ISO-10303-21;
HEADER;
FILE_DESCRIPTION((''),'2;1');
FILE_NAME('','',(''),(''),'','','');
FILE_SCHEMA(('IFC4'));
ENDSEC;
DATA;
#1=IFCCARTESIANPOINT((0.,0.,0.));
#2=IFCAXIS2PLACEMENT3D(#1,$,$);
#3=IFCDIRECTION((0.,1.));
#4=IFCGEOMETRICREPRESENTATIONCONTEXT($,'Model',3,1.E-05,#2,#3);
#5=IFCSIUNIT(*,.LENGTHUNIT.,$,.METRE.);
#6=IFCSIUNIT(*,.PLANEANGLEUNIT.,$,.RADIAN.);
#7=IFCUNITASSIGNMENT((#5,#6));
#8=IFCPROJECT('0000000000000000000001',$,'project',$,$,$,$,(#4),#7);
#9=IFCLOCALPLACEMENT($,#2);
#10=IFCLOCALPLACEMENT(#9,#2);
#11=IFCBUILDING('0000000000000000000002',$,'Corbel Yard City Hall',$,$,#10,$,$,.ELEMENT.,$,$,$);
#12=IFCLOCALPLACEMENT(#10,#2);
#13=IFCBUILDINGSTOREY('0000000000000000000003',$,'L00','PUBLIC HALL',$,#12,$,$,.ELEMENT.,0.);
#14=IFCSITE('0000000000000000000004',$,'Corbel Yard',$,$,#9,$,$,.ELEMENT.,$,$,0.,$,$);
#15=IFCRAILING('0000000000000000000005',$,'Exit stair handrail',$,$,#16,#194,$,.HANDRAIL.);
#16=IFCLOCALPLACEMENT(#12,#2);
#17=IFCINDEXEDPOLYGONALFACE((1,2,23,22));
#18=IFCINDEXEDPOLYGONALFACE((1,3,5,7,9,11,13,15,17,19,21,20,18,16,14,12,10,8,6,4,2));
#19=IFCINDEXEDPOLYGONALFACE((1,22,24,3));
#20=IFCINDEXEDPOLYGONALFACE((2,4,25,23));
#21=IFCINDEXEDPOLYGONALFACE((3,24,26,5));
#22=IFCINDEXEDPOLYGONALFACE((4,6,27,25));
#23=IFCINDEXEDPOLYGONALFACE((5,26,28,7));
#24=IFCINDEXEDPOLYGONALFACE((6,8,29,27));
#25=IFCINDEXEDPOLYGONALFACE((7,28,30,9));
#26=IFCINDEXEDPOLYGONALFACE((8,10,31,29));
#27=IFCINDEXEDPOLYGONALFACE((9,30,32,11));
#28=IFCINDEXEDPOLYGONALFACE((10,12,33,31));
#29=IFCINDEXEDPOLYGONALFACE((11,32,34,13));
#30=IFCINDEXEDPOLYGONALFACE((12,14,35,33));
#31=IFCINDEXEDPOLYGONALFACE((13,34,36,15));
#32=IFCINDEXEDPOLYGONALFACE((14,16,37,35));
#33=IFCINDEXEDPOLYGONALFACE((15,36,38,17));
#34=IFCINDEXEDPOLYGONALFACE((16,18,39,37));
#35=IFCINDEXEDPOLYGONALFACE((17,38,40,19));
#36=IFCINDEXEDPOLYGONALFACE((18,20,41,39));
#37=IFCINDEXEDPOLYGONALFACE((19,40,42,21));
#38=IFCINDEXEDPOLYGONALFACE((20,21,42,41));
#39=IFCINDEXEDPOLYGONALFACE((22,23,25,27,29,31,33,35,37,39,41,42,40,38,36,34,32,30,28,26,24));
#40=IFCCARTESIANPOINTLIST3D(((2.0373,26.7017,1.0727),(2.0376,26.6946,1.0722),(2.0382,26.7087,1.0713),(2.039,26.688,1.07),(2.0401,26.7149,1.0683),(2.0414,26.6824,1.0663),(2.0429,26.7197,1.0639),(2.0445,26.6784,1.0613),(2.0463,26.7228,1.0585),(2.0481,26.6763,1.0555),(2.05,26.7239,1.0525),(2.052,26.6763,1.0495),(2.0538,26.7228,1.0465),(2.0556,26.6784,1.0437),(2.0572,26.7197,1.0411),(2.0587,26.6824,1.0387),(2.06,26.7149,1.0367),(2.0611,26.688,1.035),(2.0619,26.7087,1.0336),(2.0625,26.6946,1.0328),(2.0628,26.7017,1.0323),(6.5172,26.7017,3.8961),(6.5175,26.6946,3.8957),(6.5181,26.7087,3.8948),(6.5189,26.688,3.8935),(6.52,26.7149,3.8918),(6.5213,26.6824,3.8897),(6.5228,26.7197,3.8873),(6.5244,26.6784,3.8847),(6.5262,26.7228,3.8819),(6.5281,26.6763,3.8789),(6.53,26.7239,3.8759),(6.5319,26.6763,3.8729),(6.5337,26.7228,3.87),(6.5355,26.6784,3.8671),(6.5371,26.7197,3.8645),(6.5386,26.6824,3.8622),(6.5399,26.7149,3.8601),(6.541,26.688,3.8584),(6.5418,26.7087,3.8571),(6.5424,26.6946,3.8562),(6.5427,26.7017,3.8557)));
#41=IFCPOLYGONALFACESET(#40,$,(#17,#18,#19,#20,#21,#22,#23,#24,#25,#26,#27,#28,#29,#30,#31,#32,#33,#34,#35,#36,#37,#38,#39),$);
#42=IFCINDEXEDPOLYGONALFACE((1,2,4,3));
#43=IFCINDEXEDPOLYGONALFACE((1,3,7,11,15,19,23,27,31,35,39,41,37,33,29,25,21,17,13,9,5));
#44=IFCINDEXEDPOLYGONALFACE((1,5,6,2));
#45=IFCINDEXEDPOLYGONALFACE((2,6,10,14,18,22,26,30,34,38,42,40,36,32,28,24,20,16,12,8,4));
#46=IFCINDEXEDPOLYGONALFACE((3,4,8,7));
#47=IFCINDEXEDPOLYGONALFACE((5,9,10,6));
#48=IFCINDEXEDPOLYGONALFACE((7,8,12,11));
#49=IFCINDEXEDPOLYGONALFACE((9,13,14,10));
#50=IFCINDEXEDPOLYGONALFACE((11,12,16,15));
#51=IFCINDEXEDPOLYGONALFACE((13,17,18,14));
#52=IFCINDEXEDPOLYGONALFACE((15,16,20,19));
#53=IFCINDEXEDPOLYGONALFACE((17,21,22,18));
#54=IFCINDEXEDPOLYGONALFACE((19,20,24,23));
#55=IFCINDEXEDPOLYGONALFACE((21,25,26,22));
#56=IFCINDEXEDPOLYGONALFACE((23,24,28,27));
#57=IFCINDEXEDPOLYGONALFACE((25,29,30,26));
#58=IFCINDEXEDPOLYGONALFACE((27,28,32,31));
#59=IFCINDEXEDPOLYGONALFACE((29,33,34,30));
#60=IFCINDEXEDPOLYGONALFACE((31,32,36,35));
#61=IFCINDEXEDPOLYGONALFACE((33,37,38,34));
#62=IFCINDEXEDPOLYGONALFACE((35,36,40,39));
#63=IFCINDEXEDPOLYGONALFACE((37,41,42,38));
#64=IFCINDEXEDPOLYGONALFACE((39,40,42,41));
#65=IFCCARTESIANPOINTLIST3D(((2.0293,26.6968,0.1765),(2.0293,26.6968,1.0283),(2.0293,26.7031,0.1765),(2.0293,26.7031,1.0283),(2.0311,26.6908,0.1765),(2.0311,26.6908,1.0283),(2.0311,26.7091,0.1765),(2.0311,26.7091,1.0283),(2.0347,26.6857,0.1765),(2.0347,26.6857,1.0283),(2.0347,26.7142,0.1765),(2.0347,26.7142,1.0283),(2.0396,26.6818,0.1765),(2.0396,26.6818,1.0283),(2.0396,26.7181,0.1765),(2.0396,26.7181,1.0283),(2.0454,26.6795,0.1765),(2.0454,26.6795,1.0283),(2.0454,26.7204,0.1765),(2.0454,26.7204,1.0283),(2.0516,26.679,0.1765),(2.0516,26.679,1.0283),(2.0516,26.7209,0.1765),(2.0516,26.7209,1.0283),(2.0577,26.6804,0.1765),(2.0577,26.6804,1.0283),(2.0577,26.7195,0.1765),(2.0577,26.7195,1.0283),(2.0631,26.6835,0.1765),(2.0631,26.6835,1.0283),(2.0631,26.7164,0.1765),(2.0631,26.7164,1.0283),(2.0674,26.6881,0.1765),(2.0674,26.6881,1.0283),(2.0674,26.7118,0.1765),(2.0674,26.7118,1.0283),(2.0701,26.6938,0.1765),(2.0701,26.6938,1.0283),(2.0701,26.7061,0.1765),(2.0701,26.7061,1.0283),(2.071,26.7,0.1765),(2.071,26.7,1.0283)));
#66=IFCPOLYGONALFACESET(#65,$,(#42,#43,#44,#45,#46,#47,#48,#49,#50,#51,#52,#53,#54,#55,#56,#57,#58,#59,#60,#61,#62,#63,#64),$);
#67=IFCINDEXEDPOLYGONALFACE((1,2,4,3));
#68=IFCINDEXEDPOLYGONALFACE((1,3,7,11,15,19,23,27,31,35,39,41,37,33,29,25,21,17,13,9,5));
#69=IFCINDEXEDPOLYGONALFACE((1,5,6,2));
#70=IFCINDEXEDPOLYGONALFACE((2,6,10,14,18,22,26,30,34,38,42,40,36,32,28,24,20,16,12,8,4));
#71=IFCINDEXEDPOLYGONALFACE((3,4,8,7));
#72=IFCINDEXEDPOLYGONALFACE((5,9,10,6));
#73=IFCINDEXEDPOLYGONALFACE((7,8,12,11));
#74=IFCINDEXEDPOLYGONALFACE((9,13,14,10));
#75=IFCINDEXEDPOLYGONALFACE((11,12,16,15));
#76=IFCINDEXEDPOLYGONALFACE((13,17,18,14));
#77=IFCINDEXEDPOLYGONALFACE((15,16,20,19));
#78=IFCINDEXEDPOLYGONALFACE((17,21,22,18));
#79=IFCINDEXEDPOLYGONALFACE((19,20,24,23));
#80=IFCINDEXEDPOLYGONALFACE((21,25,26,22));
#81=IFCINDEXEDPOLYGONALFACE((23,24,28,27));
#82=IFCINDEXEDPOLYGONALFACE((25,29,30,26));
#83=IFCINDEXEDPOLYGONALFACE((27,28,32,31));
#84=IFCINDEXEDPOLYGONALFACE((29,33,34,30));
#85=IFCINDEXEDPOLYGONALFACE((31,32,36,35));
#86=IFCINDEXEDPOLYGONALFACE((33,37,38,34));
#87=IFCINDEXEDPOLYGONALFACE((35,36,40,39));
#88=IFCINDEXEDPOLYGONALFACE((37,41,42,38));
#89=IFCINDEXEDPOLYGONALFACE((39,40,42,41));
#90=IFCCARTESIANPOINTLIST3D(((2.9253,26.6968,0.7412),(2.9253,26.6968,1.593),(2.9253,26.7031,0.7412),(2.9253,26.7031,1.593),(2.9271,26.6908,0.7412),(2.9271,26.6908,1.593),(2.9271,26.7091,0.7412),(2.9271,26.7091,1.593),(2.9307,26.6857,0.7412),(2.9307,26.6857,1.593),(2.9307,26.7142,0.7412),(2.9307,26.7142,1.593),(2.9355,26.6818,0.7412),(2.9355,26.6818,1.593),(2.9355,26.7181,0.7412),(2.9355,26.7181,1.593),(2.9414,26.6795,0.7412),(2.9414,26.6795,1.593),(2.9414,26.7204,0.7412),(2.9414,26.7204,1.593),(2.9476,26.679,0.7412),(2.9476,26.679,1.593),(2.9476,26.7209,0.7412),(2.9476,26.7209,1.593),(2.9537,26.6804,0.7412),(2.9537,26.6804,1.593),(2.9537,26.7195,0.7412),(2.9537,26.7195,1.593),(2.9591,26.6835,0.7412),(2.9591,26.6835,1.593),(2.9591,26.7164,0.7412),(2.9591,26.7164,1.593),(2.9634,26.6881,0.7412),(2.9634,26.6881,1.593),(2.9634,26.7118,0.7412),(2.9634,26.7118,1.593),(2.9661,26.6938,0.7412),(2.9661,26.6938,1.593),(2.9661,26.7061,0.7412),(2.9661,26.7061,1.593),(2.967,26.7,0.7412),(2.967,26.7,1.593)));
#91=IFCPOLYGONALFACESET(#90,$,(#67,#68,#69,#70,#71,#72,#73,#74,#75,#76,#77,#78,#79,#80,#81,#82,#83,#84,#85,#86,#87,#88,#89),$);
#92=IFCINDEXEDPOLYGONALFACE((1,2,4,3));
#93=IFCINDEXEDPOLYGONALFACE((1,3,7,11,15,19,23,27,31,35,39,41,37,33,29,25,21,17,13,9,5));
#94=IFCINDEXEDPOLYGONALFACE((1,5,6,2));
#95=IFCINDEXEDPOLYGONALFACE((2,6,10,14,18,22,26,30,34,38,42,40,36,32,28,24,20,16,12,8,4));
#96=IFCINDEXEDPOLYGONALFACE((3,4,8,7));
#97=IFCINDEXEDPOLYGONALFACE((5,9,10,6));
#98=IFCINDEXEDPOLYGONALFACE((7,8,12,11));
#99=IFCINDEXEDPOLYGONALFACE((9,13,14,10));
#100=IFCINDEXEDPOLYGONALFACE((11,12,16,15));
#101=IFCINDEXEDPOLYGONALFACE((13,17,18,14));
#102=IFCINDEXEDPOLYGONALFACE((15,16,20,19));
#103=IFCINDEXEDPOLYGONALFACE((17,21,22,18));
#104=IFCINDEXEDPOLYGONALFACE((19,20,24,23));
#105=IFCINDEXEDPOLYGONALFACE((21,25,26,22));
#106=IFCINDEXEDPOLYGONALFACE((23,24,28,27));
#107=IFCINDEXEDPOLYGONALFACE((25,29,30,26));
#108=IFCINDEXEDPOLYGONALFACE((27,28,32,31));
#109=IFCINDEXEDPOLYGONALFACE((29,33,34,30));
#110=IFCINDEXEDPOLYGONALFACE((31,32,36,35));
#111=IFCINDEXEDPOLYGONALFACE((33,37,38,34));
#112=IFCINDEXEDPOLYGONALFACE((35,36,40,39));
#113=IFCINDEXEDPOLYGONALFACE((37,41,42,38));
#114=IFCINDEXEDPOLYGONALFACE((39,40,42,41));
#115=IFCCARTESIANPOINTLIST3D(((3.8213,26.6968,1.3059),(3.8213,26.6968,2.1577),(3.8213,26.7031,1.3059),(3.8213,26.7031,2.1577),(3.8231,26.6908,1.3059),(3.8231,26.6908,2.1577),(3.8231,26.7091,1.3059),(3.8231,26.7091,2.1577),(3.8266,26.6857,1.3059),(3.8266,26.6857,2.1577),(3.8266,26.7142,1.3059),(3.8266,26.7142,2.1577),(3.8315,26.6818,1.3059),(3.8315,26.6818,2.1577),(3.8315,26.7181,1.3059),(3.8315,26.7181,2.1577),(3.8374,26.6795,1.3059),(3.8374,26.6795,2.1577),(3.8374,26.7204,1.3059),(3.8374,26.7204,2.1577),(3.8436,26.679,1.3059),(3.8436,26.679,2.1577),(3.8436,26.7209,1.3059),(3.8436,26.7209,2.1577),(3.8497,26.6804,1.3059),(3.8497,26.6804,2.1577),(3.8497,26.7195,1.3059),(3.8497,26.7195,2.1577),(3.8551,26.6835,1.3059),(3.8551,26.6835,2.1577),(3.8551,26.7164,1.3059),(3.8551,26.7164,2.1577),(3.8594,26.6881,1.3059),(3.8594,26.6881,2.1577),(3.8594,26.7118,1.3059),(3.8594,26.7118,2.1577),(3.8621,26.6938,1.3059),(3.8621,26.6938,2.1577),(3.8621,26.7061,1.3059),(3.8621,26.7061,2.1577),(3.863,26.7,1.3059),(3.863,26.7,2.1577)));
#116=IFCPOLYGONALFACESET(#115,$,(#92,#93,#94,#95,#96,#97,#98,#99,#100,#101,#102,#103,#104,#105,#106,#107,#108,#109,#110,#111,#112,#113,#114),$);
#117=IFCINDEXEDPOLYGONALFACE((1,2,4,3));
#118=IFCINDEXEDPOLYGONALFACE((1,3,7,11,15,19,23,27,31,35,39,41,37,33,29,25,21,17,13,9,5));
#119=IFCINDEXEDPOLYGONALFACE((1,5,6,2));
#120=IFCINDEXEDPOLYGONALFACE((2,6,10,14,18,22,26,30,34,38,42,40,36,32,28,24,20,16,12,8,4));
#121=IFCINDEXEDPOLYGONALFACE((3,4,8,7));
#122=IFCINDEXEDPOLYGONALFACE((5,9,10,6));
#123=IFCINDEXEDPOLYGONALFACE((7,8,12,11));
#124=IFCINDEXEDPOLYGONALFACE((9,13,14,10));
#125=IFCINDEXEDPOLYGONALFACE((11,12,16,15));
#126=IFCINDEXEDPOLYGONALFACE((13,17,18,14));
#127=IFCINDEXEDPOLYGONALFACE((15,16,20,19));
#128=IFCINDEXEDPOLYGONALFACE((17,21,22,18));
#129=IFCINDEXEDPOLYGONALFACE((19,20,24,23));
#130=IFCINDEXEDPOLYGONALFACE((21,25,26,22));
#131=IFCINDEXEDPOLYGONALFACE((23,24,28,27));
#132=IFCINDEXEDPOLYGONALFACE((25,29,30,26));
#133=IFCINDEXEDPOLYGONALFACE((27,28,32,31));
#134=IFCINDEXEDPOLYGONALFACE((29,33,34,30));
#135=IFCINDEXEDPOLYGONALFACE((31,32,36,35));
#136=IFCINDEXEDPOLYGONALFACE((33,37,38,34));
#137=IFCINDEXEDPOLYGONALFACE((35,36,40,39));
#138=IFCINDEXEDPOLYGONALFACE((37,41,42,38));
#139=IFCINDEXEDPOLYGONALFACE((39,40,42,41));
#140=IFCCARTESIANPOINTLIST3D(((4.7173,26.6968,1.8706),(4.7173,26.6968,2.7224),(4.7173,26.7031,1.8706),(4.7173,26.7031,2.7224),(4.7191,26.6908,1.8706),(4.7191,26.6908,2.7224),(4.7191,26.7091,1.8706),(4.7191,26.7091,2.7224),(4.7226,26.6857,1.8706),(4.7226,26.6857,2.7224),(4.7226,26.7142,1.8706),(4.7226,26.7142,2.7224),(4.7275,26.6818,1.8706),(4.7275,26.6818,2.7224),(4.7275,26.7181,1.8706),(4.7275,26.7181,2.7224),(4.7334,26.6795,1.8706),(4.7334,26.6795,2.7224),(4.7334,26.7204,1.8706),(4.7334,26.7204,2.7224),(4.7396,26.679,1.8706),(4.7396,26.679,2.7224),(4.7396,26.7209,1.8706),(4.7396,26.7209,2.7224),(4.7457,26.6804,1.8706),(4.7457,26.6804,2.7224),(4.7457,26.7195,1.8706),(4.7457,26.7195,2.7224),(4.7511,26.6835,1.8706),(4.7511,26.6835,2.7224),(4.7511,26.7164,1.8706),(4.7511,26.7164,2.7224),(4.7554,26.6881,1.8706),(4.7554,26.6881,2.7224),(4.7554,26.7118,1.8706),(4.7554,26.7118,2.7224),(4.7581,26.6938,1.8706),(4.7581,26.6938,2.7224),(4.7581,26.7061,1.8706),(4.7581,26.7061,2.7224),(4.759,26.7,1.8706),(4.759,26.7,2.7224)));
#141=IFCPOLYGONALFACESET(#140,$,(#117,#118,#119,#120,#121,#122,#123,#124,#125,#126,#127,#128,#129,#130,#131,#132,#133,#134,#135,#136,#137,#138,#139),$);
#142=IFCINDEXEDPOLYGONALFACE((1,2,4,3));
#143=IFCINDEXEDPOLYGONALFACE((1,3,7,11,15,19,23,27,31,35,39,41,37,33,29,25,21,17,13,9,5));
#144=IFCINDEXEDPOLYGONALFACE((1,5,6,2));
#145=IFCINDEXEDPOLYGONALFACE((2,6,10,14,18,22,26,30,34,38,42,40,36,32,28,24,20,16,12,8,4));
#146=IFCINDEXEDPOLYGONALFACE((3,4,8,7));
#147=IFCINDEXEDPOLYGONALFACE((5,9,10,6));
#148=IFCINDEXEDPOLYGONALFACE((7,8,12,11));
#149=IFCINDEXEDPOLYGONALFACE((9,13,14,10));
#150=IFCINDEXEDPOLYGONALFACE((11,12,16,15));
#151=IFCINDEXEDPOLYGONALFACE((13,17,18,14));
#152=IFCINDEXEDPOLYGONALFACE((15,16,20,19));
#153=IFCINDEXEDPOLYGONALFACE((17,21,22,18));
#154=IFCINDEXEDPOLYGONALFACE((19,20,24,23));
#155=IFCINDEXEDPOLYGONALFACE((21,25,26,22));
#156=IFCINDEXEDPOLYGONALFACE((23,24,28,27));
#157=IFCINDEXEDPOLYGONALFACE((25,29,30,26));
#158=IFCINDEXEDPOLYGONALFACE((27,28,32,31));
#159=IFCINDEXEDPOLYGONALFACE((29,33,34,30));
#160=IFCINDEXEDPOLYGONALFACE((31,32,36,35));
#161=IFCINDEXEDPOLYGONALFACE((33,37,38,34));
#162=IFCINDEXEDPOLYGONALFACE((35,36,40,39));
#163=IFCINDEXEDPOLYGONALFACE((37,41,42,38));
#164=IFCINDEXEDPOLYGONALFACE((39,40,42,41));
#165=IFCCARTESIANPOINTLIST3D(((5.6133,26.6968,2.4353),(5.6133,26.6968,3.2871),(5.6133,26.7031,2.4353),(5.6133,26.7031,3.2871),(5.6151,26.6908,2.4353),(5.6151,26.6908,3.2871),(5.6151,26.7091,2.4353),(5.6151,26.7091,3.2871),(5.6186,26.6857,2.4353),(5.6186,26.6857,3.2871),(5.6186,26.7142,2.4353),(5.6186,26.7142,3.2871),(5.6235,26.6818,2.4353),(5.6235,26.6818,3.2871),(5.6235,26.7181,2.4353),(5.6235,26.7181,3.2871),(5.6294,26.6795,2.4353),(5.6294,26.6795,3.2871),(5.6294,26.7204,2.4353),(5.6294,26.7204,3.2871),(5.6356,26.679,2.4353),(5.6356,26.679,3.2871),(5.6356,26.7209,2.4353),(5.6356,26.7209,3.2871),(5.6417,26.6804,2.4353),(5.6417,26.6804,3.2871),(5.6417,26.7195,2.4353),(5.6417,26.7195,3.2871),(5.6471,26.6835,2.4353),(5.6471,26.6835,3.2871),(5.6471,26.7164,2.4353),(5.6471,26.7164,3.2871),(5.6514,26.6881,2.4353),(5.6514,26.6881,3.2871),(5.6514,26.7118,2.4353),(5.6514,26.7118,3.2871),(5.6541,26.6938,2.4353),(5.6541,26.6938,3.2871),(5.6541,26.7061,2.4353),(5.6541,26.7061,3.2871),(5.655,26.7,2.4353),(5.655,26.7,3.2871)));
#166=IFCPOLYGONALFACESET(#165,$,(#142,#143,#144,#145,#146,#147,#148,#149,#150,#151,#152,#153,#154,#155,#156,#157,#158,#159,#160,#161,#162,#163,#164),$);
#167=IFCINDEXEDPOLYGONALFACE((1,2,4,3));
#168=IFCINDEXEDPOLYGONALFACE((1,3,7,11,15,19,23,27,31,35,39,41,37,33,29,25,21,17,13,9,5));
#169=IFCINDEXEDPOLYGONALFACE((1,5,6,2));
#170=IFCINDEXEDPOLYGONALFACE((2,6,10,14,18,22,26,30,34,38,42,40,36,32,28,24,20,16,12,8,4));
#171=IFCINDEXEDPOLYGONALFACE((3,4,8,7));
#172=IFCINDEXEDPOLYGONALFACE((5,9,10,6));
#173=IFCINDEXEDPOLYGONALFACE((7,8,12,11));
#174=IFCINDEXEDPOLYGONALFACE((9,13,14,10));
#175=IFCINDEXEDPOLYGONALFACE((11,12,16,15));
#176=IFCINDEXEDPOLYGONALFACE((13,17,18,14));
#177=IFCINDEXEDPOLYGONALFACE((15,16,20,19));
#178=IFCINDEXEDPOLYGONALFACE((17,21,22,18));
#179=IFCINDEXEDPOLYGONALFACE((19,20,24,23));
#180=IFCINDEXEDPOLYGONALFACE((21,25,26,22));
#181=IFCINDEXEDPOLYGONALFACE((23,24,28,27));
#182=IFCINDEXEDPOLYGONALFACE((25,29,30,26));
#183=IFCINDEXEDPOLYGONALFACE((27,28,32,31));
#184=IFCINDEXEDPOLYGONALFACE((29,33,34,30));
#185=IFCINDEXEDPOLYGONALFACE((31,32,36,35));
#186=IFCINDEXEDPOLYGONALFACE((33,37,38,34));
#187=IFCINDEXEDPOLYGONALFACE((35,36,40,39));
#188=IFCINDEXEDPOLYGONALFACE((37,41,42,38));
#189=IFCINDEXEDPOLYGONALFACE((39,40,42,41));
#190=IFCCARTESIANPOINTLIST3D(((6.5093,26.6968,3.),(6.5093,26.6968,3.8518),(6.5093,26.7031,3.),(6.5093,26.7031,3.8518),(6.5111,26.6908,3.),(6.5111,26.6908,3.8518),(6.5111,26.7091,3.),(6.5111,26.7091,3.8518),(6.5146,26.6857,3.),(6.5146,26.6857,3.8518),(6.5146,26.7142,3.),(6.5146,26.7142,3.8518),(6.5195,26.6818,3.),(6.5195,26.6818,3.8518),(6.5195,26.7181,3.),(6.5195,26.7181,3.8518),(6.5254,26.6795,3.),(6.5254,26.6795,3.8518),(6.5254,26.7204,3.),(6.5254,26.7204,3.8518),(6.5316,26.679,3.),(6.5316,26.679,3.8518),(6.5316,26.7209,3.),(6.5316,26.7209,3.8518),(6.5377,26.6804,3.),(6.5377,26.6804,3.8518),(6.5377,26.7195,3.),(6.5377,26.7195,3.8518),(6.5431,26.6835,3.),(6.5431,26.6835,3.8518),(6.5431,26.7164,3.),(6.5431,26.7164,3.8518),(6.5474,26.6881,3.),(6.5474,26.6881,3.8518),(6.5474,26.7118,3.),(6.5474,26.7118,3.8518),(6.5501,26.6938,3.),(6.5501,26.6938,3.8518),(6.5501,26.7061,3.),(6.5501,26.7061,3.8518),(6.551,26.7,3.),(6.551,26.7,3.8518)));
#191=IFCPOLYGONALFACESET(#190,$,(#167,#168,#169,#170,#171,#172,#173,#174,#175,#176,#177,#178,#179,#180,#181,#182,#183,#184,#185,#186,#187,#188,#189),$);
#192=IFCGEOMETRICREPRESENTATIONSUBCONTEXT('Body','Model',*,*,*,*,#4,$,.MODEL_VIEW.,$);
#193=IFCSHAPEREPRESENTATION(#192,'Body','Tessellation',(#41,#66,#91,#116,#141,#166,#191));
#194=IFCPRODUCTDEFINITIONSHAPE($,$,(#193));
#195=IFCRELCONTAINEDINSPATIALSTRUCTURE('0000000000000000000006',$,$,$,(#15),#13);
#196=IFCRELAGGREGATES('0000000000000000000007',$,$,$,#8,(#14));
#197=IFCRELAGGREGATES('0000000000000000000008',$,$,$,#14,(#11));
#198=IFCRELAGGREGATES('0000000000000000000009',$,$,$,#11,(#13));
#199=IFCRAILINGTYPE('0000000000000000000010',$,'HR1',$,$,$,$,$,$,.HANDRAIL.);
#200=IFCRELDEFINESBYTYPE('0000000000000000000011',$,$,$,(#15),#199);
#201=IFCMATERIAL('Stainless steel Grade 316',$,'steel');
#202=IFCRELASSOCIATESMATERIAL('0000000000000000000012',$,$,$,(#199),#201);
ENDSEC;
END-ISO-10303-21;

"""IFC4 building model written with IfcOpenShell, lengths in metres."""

from ifc_helpers import new_model, si_unit, direction, frame, origin, origin_2d, place, context, subcontext, project, spatial, circle, extrude, material, type_object, element, save


model = new_model("IFC4")

# Units and contexts
model_context = context("Model", 3, precision=1e-05, world=origin(), true_north=direction((0.0, 1.0)))
body_context = subcontext(model_context, "Body", "Model", "MODEL_VIEW")
ifc_project = project(units=[si_unit("LENGTHUNIT", "METRE"), si_unit("PLANEANGLEUNIT", "RADIAN")], contexts=[model_context])

# Site, building, storey
site_placement = place(None, origin())
site = spatial("IfcSite", under=ifc_project, at=site_placement, Name="Corbel Yard", CompositionType="ELEMENT", RefElevation=0.0)
building_placement = place(site_placement, origin())
building = spatial("IfcBuilding", under=site, at=building_placement, Name="Corbel Yard City Hall", CompositionType="ELEMENT")
storey_placement = place(building_placement, origin())
storey = spatial("IfcBuildingStorey", under=building, at=storey_placement, Name="L00", Description="PUBLIC HALL", CompositionType="ELEMENT", Elevation=0.0)

# Railing
ifc_material_1 = material(Name="Stainless steel Grade 316", Category="steel")
railing_type = type_object("IfcRailingType", Name="HR1", PredefinedType="HANDRAIL", material=ifc_material_1)
for number, where, name in (
    (1, (2.05, 26.7, 0.1765), "Exit stair handrail"),
):
    element("IfcRailing", number, at=place(storey_placement, frame(where)), inside=storey, type_object=railing_type, Name=name, PredefinedType="HANDRAIL", context=body_context, shape_type="SweptSolid", body=[
        extrude(circle(Radius=0.0239, at=origin_2d()), frame((0.0, 0.0, 0.876), z_axis=(0.845998, 0.0, 0.533186), x_axis=(0.0, 1.0, 0.0)), (0.0, 0.0, 1.0), 5.2954),
        extrude(circle(Radius=0.021, at=origin_2d()), origin(), (0.0, 0.0, 1.0), 0.8518),
        extrude(circle(Radius=0.021, at=origin_2d()), frame((0.896, 0.0, 0.5647)), (0.0, 0.0, 1.0), 0.8518),
        extrude(circle(Radius=0.021, at=origin_2d()), frame((1.792, 0.0, 1.1294)), (0.0, 0.0, 1.0), 0.8518),
        extrude(circle(Radius=0.021, at=origin_2d()), frame((2.688, 0.0, 1.6941)), (0.0, 0.0, 1.0), 0.8518),
        extrude(circle(Radius=0.021, at=origin_2d()), frame((3.584, 0.0, 2.2588)), (0.0, 0.0, 1.0), 0.8518),
        extrude(circle(Radius=0.021, at=origin_2d()), frame((4.48, 0.0, 2.8235)), (0.0, 0.0, 1.0), 0.8518),
    ])

save(model, "model.ifc")
